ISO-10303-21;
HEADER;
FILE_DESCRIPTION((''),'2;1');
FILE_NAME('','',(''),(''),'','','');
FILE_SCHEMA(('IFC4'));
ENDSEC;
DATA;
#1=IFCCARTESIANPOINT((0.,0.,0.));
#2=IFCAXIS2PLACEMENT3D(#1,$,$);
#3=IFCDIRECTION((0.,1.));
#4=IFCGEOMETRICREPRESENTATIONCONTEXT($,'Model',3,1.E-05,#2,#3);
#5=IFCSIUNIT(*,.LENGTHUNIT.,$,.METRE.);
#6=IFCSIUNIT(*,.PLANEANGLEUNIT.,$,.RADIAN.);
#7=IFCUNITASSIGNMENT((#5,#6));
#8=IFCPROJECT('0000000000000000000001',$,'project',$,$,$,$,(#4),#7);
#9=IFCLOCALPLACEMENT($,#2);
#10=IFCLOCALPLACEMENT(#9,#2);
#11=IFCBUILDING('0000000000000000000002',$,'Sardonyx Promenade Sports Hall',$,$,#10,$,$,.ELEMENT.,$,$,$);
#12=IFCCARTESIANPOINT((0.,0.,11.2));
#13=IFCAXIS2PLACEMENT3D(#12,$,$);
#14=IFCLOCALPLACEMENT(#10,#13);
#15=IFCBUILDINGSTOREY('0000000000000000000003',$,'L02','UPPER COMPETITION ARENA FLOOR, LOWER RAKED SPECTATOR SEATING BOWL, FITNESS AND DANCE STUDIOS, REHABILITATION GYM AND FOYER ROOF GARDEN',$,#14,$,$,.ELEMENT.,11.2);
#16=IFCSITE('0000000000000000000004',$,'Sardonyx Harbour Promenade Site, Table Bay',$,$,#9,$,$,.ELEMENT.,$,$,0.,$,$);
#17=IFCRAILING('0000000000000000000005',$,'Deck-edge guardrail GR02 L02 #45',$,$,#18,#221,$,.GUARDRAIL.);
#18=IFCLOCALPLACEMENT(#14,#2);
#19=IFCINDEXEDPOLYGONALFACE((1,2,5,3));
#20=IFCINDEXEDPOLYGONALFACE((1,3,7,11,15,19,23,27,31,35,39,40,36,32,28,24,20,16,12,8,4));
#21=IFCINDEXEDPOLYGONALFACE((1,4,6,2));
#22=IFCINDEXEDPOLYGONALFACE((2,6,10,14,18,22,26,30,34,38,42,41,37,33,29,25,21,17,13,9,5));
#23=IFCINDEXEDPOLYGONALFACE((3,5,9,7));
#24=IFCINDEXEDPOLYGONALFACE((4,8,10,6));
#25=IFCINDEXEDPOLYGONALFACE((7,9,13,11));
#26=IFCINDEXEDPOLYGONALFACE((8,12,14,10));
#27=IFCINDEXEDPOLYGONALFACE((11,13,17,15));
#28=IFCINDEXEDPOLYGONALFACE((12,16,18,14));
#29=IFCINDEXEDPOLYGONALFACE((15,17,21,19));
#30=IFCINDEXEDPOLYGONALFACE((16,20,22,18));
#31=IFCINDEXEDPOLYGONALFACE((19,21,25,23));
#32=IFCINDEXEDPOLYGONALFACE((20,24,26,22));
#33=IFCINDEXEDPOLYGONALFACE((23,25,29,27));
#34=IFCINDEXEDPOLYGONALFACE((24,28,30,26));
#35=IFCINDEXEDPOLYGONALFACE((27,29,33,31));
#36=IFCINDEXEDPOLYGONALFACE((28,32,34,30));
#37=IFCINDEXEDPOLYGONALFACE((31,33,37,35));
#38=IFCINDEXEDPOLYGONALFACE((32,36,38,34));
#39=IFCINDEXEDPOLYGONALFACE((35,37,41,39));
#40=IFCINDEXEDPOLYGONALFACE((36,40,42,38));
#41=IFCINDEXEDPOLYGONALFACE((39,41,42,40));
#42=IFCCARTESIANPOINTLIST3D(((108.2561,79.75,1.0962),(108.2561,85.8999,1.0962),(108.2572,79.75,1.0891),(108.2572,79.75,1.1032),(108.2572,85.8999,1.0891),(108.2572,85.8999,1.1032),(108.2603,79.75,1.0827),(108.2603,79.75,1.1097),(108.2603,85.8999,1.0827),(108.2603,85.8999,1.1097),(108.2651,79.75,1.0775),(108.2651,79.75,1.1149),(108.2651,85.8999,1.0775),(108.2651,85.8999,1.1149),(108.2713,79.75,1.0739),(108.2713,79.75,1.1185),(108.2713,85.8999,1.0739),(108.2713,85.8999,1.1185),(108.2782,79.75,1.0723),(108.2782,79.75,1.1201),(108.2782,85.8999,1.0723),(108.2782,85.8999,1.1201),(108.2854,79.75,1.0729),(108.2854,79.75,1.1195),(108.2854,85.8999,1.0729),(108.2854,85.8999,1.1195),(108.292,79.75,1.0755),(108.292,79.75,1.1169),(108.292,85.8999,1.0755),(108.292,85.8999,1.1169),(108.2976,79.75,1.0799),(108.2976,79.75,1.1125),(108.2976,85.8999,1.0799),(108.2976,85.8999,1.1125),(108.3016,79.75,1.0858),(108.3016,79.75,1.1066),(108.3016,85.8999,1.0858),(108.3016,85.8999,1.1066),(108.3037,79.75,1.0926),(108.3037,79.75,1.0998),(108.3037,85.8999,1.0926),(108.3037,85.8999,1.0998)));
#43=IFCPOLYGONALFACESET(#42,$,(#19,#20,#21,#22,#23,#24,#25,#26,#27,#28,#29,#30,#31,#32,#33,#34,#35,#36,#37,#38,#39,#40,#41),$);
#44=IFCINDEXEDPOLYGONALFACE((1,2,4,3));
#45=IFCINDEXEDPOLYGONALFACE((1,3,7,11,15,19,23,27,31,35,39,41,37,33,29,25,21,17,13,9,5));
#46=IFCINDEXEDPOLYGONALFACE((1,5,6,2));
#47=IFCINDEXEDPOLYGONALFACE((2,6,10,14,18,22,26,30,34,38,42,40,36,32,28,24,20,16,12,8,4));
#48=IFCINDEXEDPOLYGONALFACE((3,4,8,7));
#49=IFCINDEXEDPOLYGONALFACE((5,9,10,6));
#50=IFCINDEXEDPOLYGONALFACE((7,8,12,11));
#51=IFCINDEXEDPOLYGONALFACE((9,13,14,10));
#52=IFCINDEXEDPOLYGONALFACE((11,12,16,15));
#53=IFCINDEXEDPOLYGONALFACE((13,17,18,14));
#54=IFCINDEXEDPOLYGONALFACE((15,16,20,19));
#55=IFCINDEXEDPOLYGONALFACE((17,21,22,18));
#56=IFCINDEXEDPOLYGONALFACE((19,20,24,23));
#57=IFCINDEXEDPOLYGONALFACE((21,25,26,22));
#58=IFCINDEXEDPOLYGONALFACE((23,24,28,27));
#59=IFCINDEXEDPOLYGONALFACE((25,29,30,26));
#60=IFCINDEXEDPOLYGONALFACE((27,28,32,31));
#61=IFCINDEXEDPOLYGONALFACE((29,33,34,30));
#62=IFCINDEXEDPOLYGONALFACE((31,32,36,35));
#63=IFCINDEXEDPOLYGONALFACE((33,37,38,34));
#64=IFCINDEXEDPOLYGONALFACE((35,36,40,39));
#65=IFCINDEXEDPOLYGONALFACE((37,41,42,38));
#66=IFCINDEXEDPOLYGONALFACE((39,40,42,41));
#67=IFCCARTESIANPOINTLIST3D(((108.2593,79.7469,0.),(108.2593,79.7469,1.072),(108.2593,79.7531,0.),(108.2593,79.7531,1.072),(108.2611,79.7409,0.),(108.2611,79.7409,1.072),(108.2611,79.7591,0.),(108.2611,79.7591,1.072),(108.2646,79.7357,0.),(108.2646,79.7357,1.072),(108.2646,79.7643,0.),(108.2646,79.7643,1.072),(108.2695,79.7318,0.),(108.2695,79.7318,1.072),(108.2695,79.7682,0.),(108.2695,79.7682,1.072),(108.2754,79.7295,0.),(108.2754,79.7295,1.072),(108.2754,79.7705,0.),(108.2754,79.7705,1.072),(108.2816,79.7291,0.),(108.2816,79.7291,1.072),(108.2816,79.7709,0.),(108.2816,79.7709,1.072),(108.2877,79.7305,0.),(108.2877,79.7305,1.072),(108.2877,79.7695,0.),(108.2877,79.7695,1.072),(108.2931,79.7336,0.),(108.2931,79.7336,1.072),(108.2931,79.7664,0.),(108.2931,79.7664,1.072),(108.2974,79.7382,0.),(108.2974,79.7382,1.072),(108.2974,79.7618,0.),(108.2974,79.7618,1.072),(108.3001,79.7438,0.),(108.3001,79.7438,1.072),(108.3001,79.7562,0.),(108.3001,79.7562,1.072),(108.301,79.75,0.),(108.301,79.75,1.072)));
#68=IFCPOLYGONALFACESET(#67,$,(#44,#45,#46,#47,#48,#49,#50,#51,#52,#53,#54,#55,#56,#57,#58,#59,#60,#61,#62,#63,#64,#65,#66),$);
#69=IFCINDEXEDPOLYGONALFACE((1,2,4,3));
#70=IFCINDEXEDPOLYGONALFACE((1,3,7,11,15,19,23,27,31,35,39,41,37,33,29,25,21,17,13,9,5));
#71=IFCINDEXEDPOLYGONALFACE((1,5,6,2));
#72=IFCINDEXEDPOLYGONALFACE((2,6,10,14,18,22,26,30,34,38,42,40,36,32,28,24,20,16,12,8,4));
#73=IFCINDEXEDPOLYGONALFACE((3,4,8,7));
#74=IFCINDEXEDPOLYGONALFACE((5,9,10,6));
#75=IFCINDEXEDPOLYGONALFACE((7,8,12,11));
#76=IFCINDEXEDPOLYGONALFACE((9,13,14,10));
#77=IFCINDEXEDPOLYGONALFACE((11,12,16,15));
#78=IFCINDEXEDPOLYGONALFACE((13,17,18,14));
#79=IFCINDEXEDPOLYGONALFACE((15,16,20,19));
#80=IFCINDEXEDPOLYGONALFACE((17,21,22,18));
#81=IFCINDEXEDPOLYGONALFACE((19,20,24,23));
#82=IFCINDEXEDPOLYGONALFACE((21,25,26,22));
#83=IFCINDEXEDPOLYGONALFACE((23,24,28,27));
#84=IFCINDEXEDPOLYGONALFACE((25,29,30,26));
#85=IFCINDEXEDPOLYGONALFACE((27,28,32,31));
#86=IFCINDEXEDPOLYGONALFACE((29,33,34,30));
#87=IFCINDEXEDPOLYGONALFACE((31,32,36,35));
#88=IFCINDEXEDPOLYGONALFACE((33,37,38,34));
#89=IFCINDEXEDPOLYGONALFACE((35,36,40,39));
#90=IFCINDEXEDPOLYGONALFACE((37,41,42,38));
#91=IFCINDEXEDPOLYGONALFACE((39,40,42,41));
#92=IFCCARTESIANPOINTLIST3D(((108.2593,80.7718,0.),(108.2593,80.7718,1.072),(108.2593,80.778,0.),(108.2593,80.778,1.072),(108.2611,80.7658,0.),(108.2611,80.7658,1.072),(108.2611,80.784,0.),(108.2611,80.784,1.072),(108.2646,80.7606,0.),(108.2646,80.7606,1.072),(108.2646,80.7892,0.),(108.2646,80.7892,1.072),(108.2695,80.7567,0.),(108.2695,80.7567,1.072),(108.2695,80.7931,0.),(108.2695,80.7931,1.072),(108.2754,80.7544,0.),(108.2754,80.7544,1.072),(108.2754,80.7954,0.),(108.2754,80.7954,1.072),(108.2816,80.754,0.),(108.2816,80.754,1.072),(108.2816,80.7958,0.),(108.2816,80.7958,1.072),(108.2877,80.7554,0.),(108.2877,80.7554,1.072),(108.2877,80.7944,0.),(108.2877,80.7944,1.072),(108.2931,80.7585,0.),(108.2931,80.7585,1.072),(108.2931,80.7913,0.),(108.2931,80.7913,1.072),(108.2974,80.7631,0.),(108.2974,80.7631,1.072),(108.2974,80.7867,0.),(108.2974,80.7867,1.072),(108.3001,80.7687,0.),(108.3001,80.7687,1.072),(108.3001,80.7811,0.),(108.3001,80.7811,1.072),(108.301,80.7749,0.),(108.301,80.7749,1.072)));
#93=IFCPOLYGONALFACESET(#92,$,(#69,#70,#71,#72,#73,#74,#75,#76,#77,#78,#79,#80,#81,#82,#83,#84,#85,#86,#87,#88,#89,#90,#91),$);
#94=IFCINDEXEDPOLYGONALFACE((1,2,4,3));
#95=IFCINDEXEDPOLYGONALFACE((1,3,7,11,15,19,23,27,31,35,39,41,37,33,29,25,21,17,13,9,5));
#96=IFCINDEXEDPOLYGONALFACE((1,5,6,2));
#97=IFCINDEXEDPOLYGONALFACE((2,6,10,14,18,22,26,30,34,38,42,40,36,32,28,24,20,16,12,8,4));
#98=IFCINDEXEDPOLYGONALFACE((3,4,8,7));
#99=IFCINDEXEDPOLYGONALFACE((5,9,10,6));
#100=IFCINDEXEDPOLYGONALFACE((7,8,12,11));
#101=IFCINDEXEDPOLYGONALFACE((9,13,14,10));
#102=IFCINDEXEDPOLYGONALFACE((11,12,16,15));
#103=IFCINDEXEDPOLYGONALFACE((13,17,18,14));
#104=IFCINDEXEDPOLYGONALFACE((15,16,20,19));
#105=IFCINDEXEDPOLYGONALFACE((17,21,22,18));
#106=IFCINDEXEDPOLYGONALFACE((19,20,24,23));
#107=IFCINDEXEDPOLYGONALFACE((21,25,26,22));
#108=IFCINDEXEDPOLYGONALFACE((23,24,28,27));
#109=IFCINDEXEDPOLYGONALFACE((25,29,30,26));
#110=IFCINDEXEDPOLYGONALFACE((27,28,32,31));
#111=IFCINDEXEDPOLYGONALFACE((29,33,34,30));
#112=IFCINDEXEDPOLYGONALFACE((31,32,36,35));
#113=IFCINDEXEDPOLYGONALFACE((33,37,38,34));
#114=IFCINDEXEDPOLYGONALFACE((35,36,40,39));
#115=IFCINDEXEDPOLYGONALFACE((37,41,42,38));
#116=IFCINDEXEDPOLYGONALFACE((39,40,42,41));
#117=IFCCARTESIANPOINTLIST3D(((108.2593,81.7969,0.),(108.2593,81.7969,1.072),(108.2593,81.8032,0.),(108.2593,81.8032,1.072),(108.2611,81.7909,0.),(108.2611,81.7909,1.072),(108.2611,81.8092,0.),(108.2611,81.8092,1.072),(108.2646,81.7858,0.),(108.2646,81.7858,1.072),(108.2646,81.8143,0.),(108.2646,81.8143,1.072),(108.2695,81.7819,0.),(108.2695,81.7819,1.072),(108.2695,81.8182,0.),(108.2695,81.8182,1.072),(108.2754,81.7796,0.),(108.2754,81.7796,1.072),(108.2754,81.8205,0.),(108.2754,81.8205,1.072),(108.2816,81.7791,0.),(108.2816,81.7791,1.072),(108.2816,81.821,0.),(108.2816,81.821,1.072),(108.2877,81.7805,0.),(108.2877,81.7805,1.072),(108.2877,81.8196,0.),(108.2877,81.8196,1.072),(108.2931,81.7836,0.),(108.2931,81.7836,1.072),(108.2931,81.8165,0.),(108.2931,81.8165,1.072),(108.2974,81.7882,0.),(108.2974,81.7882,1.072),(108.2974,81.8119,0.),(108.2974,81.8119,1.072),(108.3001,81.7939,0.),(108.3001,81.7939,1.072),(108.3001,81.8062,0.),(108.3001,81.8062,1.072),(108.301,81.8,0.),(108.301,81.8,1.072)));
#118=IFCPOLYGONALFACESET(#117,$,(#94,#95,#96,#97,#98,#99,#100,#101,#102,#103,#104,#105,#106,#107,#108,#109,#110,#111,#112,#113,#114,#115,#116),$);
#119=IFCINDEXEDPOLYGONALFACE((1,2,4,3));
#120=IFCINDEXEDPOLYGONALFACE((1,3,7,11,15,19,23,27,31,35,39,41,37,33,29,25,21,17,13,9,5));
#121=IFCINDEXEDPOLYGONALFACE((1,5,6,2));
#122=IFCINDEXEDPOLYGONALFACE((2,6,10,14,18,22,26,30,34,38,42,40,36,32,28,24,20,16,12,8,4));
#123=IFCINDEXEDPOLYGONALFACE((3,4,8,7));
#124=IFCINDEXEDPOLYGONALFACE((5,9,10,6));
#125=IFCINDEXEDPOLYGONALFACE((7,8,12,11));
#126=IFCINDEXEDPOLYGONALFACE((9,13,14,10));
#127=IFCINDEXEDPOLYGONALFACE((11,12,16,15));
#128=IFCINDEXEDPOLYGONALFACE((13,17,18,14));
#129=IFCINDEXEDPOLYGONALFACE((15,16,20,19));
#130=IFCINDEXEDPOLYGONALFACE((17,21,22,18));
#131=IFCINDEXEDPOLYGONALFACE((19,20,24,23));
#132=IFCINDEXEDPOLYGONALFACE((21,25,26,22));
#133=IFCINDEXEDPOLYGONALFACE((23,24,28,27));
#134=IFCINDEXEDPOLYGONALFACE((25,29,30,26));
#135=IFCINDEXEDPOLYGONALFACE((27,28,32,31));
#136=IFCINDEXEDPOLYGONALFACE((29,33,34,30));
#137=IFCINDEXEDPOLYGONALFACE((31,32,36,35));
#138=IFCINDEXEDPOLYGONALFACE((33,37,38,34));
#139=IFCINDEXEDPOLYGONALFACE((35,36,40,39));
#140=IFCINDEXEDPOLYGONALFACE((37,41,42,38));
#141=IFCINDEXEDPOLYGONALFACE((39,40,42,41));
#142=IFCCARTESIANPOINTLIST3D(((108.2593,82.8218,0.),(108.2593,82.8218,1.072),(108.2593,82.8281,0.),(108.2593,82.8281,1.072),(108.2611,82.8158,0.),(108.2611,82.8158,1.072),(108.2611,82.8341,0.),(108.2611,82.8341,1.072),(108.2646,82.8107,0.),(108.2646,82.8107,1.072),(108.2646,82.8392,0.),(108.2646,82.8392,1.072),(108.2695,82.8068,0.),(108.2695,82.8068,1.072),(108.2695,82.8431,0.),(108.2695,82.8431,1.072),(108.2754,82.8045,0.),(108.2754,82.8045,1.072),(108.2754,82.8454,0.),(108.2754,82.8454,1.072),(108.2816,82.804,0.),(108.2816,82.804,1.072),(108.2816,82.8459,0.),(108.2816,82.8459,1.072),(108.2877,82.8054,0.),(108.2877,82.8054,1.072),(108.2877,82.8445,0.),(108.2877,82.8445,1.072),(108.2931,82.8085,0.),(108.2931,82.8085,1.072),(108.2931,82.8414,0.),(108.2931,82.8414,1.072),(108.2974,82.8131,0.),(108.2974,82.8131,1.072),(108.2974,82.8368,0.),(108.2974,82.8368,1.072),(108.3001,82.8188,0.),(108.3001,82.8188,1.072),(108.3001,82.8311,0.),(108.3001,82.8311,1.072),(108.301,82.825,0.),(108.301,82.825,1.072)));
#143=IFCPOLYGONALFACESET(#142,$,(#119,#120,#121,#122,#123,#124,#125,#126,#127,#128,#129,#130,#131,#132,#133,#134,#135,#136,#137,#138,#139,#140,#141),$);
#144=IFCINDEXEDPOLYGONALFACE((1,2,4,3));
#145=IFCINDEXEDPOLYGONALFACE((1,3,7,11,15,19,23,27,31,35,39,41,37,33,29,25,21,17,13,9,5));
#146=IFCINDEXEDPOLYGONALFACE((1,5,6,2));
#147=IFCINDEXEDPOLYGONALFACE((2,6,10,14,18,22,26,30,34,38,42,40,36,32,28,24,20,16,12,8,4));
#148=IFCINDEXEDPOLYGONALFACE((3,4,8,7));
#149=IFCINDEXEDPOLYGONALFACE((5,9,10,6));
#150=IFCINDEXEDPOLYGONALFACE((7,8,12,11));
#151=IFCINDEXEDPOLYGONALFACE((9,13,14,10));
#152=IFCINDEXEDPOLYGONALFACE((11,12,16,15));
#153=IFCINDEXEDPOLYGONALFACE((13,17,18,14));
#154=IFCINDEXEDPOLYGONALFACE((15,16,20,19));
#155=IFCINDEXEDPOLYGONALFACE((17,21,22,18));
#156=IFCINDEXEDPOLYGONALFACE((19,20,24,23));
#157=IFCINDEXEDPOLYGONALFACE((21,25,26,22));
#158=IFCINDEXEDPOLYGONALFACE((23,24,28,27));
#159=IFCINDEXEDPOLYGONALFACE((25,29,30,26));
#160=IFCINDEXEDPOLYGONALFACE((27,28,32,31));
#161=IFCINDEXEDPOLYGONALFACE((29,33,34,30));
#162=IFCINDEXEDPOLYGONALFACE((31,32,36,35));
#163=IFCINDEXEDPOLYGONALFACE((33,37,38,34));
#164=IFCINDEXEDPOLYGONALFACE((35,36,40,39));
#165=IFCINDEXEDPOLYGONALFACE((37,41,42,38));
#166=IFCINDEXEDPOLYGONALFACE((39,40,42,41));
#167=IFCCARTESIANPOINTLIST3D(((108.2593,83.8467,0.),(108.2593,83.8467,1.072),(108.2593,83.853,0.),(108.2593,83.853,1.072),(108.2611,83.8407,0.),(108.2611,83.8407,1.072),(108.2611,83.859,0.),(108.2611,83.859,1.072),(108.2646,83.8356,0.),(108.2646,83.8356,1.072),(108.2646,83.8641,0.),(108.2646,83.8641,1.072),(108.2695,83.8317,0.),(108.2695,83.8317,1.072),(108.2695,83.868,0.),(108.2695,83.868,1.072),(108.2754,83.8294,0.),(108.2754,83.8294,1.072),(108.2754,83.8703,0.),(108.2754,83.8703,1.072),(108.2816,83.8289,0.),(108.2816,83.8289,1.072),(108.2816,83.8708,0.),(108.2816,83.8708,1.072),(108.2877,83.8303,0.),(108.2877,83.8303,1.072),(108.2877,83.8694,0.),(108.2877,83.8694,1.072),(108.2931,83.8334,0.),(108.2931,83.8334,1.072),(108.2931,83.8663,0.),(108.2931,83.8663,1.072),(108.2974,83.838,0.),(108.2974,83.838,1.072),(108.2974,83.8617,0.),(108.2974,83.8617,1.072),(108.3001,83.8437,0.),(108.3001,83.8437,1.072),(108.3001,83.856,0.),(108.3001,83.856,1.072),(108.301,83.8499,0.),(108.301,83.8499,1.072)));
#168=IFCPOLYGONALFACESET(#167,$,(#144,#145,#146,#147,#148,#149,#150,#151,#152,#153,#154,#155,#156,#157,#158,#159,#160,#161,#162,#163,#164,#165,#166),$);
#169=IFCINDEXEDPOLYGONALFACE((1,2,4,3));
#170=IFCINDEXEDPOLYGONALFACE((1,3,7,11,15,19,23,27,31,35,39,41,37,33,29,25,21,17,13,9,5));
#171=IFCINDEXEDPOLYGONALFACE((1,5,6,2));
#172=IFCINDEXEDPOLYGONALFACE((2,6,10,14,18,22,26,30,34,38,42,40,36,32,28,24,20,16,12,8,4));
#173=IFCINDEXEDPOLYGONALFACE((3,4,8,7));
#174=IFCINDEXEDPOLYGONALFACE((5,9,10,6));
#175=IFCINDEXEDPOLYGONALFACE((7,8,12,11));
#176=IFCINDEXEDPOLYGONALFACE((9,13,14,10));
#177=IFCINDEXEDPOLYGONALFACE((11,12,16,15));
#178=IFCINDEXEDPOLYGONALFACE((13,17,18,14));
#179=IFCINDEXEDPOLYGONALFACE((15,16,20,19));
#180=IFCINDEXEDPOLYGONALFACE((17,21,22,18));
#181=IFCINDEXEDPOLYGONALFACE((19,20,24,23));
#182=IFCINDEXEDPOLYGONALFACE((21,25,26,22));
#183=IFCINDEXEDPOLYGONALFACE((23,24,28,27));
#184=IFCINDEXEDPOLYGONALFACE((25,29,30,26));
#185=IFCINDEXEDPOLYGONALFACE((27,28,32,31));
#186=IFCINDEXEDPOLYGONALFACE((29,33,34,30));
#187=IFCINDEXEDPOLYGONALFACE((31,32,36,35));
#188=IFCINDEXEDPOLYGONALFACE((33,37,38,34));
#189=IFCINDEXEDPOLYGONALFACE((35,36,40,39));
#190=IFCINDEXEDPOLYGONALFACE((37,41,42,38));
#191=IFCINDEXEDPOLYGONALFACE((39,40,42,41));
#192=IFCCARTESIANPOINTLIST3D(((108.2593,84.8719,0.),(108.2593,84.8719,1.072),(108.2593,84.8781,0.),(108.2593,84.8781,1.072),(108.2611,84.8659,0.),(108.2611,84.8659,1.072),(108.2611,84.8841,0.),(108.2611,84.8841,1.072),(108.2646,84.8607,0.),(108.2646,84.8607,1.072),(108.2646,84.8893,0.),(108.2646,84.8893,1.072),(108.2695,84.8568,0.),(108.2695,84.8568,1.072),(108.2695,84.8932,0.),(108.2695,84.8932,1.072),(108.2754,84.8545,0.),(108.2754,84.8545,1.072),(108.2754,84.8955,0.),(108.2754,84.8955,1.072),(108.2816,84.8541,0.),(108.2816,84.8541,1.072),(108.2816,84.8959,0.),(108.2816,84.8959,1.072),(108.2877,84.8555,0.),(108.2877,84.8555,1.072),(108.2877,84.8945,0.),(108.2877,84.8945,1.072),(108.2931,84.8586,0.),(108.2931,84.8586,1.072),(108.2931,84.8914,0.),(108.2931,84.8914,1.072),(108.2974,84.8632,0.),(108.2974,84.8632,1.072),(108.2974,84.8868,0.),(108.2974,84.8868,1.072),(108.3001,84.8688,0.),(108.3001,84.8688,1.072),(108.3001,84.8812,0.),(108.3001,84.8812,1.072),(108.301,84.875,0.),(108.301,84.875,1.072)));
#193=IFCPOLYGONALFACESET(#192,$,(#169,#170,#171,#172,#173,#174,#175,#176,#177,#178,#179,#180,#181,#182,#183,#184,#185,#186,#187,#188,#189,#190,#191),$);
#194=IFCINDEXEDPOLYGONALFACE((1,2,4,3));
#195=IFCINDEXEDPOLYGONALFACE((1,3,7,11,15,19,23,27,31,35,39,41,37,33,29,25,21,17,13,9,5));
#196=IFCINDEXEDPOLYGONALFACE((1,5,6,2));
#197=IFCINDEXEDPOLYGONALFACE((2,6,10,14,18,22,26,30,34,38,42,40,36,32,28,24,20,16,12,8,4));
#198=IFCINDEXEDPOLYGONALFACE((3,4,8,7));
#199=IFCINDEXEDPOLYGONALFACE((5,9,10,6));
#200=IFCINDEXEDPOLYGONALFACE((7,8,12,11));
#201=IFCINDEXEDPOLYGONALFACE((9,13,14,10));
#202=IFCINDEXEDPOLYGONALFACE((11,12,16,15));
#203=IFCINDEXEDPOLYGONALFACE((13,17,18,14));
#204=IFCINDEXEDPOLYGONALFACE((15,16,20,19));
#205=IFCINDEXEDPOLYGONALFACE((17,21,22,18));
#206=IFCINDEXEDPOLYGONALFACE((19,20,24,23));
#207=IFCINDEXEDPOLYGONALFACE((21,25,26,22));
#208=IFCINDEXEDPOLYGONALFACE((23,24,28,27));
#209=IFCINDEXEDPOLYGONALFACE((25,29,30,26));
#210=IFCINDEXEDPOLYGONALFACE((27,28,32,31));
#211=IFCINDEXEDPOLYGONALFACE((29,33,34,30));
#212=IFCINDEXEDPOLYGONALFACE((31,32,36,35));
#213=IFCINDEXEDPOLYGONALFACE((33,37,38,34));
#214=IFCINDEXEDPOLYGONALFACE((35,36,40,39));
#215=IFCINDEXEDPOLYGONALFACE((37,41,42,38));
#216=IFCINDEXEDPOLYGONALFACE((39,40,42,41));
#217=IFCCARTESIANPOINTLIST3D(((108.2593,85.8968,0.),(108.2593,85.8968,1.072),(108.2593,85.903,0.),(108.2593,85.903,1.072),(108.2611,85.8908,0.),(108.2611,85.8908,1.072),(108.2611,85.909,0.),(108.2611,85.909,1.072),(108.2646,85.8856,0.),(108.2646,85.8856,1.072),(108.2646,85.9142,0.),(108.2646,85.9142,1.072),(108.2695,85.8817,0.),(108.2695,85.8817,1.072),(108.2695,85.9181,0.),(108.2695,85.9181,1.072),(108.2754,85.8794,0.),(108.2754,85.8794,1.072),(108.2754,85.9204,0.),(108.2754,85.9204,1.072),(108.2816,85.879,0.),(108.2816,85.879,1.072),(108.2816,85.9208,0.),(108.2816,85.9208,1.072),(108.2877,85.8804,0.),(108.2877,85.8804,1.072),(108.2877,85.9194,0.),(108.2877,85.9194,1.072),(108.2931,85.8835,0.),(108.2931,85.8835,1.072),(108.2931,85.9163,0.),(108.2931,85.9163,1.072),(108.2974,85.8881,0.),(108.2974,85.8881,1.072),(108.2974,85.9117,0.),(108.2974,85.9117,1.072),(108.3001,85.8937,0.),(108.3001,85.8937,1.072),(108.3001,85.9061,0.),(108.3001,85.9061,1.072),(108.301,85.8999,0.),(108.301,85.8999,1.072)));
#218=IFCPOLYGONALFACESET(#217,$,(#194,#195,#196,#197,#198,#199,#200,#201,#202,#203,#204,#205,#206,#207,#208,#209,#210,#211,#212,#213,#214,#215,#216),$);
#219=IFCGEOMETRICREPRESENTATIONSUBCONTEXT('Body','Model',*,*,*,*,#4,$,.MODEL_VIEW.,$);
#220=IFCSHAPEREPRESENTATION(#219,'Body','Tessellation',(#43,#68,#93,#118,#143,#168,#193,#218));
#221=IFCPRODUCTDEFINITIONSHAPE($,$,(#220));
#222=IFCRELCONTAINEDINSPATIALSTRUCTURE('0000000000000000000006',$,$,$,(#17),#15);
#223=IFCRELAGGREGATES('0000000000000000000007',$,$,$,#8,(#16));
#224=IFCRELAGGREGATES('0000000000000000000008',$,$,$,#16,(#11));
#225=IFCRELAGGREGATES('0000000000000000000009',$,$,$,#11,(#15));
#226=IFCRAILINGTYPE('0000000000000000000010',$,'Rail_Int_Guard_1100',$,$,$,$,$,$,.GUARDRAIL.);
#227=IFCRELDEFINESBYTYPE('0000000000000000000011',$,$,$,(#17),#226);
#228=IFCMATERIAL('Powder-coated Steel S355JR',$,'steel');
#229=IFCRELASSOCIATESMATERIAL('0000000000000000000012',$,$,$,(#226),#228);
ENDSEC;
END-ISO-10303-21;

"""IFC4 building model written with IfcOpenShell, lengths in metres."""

from ifc_helpers import new_model, si_unit, direction, frame, origin, origin_2d, place, context, subcontext, project, spatial, circle, extrude, material, type_object, element, save


model = new_model("IFC4")

# Units and contexts
model_context = context("Model", 3, precision=1e-05, world=origin(), true_north=direction((0.0, 1.0)))
body_context = subcontext(model_context, "Body", "Model", "MODEL_VIEW")
ifc_project = project(units=[si_unit("LENGTHUNIT", "METRE"), si_unit("PLANEANGLEUNIT", "RADIAN")], contexts=[model_context])

# Site, building, storey
site_placement = place(None, origin())
site = spatial("IfcSite", under=ifc_project, at=site_placement, Name="Sardonyx Harbour Promenade Site, Table Bay", CompositionType="ELEMENT", RefElevation=0.0)
building_placement = place(site_placement, origin())
building = spatial("IfcBuilding", under=site, at=building_placement, Name="Sardonyx Promenade Sports Hall", CompositionType="ELEMENT")
storey_placement = place(building_placement, frame((0.0, 0.0, 11.2)))
storey = spatial("IfcBuildingStorey", under=building, at=storey_placement, Name="L02", Description="UPPER COMPETITION ARENA FLOOR, LOWER RAKED SPECTATOR SEATING BOWL, FITNESS AND DANCE STUDIOS, REHABILITATION GYM AND FOYER ROOF GARDEN", CompositionType="ELEMENT", Elevation=11.2)

# Railing
ifc_material_1 = material(Name="Powder-coated Steel S355JR", Category="steel")
railing_type = type_object("IfcRailingType", Name="Rail_Int_Guard_1100", PredefinedType="GUARDRAIL", material=ifc_material_1)
railing_1_placement = place(storey_placement, frame((108.28, 79.75, 0.0)))
element("IfcRailing", 1, at=railing_1_placement, inside=storey, type_object=railing_type, Name="Deck-edge guardrail GR02 L02 #45", PredefinedType="GUARDRAIL", context=body_context, shape_type="SweptSolid", body=[
    extrude(circle(Radius=0.0239, at=origin_2d()), frame((0.0, 0.0, 1.0962), z_axis=(0.0, 1.0, 0.0), x_axis=(-1.0, 0.0, 0.0)), (0.0, 0.0, 1.0), 6.1499),
    extrude(circle(Radius=0.021, at=origin_2d()), origin(), (0.0, 0.0, 1.0), 1.072),
    extrude(circle(Radius=0.021, at=origin_2d()), frame((0.0, 1.0249, 0.0)), (0.0, 0.0, 1.0), 1.072),
    extrude(circle(Radius=0.021, at=origin_2d()), frame((0.0, 2.05, 0.0)), (0.0, 0.0, 1.0), 1.072),
    extrude(circle(Radius=0.021, at=origin_2d()), frame((0.0, 3.075, 0.0)), (0.0, 0.0, 1.0), 1.072),
    extrude(circle(Radius=0.021, at=origin_2d()), frame((0.0, 4.0999, 0.0)), (0.0, 0.0, 1.0), 1.072),
    extrude(circle(Radius=0.021, at=origin_2d()), frame((0.0, 5.125, 0.0)), (0.0, 0.0, 1.0), 1.072),
    extrude(circle(Radius=0.021, at=origin_2d()), frame((0.0, 6.1499, 0.0)), (0.0, 0.0, 1.0), 1.072),
])

save(model, "model.ifc")
